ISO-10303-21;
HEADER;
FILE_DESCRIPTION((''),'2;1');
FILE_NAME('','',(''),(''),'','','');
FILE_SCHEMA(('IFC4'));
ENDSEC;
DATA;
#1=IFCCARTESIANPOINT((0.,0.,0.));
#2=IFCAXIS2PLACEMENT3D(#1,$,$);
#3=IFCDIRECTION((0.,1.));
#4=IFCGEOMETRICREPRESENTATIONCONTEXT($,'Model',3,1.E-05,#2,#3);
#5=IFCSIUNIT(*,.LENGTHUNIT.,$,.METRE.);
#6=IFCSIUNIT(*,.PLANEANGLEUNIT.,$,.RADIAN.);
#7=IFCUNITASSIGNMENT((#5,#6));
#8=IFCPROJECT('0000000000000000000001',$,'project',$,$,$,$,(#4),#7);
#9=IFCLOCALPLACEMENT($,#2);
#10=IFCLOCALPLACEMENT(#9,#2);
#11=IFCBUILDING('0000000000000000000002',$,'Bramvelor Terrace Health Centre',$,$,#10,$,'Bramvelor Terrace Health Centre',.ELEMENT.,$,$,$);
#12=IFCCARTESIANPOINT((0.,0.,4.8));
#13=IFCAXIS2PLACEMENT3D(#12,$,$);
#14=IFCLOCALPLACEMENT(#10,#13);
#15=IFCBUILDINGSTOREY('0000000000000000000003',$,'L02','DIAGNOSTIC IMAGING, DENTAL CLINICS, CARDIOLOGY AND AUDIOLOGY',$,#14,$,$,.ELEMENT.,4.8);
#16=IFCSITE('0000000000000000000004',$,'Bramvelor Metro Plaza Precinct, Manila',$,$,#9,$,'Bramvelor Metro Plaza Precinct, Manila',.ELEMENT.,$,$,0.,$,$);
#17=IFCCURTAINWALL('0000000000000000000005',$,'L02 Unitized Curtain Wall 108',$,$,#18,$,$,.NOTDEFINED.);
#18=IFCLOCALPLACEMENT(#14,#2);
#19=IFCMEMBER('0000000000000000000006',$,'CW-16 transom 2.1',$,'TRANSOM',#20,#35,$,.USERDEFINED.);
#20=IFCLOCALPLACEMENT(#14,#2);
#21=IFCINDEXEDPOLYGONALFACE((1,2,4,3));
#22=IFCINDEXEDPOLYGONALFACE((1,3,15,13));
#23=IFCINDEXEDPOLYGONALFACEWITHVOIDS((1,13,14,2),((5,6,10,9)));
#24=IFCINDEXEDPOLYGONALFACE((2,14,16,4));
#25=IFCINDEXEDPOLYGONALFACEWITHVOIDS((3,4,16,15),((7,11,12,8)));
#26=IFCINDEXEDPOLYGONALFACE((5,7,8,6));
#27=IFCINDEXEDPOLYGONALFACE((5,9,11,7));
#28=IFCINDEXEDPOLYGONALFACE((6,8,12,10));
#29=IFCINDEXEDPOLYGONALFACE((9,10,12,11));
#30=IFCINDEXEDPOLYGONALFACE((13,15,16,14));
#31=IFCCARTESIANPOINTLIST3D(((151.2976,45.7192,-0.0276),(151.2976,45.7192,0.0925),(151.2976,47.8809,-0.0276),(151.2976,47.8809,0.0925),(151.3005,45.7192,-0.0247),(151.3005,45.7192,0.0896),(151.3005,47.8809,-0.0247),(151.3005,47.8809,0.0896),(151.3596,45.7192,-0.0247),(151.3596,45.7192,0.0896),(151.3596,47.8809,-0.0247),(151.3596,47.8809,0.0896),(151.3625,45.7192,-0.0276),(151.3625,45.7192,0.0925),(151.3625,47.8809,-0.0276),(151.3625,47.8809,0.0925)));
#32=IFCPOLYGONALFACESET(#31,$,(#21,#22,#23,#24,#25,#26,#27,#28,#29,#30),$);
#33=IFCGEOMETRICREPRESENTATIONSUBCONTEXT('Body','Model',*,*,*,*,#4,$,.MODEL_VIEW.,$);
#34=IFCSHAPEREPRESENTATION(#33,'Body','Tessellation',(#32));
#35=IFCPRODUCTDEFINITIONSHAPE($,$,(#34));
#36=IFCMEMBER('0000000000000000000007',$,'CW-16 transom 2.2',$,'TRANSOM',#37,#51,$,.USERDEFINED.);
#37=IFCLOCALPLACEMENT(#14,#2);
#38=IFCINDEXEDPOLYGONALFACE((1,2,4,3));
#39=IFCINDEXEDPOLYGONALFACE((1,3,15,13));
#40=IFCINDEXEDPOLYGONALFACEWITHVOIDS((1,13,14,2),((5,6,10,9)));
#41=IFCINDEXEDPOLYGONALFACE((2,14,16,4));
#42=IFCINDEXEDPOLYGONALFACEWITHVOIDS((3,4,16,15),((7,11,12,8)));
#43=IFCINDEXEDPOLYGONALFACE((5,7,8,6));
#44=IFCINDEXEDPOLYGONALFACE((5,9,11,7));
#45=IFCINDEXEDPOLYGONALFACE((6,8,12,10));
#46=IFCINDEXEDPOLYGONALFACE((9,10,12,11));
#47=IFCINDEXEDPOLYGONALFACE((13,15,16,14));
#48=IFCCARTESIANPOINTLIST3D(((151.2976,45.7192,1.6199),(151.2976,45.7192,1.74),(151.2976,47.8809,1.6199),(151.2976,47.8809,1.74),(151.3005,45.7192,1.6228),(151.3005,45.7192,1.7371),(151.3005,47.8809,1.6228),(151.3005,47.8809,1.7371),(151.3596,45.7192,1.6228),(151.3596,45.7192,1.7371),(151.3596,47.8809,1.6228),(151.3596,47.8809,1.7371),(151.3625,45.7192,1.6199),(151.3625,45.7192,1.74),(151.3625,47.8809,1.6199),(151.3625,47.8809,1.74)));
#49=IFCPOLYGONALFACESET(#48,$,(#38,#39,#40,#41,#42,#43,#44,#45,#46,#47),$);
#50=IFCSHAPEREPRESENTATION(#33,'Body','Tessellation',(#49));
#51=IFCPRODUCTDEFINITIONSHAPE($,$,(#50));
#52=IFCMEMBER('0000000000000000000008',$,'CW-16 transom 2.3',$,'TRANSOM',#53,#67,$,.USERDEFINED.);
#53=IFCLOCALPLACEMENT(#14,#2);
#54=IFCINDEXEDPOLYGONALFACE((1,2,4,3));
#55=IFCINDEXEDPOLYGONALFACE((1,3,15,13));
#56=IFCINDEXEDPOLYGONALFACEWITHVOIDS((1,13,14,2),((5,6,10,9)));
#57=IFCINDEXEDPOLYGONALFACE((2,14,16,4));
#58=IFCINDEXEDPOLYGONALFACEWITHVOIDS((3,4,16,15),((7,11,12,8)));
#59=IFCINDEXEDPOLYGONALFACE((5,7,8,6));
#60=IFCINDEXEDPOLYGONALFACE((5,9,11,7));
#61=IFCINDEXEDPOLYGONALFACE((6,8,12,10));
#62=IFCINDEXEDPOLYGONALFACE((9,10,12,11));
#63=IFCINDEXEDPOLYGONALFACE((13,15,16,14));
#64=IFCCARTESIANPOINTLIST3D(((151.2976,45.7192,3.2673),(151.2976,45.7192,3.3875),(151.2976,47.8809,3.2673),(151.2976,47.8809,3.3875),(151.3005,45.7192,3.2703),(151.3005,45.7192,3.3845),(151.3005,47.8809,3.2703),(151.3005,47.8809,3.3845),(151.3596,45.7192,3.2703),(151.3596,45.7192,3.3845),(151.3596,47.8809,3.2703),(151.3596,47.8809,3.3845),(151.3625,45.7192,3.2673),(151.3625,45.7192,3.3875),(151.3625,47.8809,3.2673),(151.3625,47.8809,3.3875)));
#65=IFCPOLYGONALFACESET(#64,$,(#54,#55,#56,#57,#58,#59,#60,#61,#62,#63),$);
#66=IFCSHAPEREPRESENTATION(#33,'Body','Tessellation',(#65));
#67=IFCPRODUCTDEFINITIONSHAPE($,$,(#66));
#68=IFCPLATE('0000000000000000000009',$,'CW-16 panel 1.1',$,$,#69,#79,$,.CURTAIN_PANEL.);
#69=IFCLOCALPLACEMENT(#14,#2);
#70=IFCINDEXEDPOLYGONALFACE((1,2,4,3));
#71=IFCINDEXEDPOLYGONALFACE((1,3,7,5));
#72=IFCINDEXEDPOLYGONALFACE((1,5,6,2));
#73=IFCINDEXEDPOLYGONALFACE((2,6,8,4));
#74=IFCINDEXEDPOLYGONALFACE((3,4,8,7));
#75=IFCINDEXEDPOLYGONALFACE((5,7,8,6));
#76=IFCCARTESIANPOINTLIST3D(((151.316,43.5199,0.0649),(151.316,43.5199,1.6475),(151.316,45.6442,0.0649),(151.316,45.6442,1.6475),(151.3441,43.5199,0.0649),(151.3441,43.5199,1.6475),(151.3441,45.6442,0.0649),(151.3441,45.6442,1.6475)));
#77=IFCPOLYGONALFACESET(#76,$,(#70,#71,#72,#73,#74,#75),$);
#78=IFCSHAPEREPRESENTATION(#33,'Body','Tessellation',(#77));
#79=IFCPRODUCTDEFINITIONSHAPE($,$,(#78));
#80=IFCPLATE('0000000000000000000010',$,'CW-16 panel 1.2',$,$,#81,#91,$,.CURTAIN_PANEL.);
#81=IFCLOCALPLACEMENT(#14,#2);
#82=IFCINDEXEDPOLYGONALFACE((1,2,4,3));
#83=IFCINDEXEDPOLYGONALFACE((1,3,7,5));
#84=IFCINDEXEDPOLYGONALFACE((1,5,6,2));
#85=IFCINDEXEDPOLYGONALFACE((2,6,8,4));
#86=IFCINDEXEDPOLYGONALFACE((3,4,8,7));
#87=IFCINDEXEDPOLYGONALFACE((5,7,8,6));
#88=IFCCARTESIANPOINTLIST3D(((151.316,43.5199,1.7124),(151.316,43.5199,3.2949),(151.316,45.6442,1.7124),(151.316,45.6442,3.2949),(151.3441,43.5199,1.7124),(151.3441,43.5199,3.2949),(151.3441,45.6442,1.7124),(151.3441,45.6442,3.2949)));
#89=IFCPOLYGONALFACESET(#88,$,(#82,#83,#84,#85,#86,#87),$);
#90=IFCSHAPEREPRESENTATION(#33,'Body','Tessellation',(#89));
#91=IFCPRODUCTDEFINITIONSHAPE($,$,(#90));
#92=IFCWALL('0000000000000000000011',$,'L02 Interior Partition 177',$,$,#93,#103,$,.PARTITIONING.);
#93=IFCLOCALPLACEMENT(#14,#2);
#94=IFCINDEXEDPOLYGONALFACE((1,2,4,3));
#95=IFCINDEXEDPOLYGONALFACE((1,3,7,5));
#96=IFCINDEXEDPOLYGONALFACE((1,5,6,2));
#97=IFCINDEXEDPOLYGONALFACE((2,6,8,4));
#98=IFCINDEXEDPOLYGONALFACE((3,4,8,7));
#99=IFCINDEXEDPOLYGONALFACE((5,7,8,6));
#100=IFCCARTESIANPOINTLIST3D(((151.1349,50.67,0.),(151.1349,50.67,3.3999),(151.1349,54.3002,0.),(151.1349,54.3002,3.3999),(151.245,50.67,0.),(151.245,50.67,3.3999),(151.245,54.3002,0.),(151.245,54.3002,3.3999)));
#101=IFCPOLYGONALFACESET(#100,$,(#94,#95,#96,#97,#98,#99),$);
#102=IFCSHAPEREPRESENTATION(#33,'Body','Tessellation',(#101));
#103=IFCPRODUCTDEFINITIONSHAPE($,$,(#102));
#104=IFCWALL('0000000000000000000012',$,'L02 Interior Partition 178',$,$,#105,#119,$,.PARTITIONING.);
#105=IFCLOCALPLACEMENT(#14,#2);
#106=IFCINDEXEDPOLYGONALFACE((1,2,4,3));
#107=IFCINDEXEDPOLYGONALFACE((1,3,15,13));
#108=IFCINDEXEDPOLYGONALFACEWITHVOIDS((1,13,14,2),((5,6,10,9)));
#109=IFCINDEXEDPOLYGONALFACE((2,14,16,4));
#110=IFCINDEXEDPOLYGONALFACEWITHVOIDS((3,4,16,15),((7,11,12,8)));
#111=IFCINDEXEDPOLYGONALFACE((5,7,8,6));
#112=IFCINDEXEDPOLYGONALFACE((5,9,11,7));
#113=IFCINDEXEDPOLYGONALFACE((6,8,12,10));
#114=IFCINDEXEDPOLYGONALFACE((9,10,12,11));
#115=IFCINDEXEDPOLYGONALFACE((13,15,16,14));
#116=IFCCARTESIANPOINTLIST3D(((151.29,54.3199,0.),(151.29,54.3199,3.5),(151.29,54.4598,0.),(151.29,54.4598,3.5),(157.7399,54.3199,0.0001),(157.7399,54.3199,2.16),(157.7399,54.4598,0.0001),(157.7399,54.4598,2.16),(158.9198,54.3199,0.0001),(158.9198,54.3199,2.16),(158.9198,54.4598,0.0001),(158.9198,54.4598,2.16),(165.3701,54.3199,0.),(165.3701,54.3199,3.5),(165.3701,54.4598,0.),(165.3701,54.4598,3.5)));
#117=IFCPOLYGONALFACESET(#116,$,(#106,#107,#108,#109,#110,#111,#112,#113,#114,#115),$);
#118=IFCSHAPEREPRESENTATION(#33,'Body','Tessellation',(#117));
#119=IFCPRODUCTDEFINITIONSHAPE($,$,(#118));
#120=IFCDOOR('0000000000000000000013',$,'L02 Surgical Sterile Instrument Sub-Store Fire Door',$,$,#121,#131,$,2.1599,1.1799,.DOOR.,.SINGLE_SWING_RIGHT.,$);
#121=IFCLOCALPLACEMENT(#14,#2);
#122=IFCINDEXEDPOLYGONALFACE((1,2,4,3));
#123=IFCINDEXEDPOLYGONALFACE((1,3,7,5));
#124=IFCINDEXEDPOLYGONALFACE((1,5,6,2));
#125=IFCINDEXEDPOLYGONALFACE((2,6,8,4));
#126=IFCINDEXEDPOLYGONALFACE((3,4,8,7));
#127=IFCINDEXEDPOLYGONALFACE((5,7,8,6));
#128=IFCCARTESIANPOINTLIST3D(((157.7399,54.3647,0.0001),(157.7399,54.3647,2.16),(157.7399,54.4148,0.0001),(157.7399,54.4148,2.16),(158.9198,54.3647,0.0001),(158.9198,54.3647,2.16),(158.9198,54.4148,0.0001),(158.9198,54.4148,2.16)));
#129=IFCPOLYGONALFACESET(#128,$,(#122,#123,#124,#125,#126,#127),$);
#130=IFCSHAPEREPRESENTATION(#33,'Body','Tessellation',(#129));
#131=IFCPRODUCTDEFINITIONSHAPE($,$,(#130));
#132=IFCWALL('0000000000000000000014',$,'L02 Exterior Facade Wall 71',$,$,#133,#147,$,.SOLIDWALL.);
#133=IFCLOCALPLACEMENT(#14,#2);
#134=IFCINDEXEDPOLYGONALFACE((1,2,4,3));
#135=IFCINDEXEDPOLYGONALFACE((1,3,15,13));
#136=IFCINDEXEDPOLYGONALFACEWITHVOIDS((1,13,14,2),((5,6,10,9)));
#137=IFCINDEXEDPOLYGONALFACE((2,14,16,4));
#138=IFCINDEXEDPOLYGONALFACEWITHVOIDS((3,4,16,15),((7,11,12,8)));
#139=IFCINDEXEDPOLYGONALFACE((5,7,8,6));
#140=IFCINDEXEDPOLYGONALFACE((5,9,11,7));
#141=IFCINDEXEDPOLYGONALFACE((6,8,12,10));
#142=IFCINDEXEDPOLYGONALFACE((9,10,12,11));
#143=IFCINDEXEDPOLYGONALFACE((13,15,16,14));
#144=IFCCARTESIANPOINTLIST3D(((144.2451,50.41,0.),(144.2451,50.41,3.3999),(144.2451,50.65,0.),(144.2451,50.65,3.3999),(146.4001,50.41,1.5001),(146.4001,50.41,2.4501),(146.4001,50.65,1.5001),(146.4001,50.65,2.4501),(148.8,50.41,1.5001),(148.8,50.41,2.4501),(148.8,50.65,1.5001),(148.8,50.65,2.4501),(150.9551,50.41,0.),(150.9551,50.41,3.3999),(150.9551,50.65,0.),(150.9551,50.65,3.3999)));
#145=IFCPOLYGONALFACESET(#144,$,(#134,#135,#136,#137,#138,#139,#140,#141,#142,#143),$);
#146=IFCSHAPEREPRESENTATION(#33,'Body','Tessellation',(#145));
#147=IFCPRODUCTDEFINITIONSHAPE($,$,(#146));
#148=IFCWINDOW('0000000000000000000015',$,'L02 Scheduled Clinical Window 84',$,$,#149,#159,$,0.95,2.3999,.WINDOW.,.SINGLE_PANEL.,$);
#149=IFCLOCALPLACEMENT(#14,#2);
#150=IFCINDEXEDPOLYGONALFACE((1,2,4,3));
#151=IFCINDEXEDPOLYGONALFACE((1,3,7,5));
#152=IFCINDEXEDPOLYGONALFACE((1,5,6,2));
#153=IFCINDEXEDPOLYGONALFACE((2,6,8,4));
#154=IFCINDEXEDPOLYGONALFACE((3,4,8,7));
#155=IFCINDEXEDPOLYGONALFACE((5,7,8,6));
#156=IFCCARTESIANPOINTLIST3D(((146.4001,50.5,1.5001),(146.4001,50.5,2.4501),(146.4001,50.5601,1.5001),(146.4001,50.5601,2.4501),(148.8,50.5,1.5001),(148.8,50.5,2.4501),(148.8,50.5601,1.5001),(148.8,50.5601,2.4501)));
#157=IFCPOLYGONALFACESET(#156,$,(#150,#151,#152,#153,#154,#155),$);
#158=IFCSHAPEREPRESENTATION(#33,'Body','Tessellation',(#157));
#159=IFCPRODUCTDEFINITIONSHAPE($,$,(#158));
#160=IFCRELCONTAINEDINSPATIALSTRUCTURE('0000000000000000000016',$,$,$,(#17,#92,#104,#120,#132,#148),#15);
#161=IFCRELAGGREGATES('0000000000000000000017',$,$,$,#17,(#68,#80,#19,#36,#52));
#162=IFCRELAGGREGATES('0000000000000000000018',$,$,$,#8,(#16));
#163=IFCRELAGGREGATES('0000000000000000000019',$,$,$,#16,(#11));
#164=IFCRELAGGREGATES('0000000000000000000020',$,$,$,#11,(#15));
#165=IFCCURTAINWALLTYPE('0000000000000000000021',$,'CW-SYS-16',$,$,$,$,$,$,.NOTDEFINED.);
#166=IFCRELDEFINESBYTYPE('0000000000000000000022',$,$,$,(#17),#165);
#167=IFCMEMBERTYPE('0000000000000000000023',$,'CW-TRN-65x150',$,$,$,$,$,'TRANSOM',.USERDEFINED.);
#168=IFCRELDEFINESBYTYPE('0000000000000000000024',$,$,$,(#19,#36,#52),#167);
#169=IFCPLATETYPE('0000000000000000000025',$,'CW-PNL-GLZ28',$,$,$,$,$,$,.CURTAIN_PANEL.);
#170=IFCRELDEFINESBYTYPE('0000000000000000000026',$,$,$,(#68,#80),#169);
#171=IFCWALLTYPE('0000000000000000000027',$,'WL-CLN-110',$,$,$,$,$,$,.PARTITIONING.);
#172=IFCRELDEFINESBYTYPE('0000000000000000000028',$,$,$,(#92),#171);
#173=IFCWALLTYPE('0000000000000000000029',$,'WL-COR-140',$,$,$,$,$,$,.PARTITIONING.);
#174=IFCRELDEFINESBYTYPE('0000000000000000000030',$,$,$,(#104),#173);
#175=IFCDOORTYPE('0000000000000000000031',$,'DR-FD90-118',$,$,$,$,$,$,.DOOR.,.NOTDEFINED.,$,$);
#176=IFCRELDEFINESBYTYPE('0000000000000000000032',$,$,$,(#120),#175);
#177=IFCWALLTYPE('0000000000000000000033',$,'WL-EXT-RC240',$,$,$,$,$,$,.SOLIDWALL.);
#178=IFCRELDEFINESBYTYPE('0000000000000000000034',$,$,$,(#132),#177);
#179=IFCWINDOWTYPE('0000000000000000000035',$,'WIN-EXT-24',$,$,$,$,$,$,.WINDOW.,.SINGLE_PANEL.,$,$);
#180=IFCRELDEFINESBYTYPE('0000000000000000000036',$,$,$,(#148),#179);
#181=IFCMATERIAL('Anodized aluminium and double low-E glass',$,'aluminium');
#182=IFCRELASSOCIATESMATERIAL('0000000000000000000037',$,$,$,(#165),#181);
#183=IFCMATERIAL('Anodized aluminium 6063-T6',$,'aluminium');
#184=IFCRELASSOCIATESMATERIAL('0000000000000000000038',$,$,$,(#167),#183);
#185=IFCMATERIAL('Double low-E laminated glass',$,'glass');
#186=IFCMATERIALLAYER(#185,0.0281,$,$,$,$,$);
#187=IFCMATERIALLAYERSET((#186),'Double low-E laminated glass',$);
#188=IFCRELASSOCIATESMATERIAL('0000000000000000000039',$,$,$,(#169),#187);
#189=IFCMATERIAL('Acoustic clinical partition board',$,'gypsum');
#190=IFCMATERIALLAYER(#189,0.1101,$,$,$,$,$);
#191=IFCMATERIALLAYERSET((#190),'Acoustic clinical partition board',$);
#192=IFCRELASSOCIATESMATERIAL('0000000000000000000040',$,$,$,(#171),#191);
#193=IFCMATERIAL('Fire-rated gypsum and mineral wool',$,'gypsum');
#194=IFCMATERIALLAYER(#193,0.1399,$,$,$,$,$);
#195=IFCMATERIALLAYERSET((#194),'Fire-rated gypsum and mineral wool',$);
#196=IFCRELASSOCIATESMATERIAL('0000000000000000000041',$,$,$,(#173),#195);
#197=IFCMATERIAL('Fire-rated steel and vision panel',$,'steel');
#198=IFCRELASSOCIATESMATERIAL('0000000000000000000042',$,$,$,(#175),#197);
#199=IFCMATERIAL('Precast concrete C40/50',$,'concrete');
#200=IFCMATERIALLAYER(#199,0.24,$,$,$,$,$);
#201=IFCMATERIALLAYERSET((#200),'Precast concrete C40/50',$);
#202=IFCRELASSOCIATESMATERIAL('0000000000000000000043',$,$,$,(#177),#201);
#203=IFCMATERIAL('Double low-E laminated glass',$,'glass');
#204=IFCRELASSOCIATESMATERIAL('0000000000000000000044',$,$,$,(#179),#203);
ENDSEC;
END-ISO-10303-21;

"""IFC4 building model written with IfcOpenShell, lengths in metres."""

from ifc_helpers import new_model, si_unit, direction, frame, frame_2d, origin, origin_2d, place, context, subcontext, project, spatial, rectangle, hollow_rectangle, extrude, material, layer, layer_set, material_profile, profile_set, type_object, element, fill, aggregate, save


model = new_model("IFC4")

# Units and contexts
model_context = context("Model", 3, precision=1e-05, world=origin(), true_north=direction((0.0, 1.0)))
body_context = subcontext(model_context, "Body", "Model", "MODEL_VIEW")
ifc_project = project(units=[si_unit("LENGTHUNIT", "METRE"), si_unit("PLANEANGLEUNIT", "RADIAN")], contexts=[model_context])

# Site, building, storey
site_placement = place(None, origin())
site = spatial("IfcSite", under=ifc_project, at=site_placement, Name="Bramvelor Metro Plaza Precinct, Manila", LongName="Bramvelor Metro Plaza Precinct, Manila", CompositionType="ELEMENT", RefElevation=0.0)
building_placement = place(site_placement, origin())
building = spatial("IfcBuilding", under=site, at=building_placement, Name="Bramvelor Terrace Health Centre", LongName="Bramvelor Terrace Health Centre", CompositionType="ELEMENT")
storey_placement = place(building_placement, frame((0.0, 0.0, 4.8)))
storey = spatial("IfcBuildingStorey", under=building, at=storey_placement, Name="L02", Description="DIAGNOSTIC IMAGING, DENTAL CLINICS, CARDIOLOGY AND AUDIOLOGY", CompositionType="ELEMENT", Elevation=4.8)

# Curtain wall, members, plates
ifc_material_1 = material(Name="Anodized aluminium and double low-E glass", Category="aluminium")
curtain_wall_type = type_object("IfcCurtainWallType", Name="CW-SYS-16", PredefinedType="NOTDEFINED", material=ifc_material_1)
curtain_wall_placement = place(storey_placement, origin())
curtain_wall = element("IfcCurtainWall", 1, at=curtain_wall_placement, inside=storey, type_object=curtain_wall_type, Name="L02 Unitized Curtain Wall 108", PredefinedType="NOTDEFINED")
ifc_material_2 = material(Name="Anodized aluminium 6063-T6", Category="aluminium")
ifc_material_profile_1 = material_profile(ifc_material_2, hollow_rectangle(XDim=0.0649, YDim=0.1201, WallThickness=0.0029, at=origin_2d()), Name="ALU-TRN 65x120x3.0")
ifc_profile_set_1 = profile_set([ifc_material_profile_1], Name="Anodized aluminium 6063-T6")
member_type_1 = type_object("IfcMemberType", Name="CW-TRN-65x150", ElementType="TRANSOM", PredefinedType="USERDEFINED", material=ifc_profile_set_1)
member_1_placement = place(storey_placement, frame((151.3301, 45.7192, 0.0325), z_axis=(0.0, 1.0, 0.0), x_axis=(-1.0, 0.0, 0.0)))
member_1 = element("IfcMember", 2, at=member_1_placement, type_object=member_type_1, Name="CW-16 transom 2.1", ObjectType="TRANSOM", PredefinedType="USERDEFINED", context=body_context, shape_type="SweptSolid", body=[
    extrude(hollow_rectangle(XDim=0.0649, YDim=0.1201, WallThickness=0.0029, at=origin_2d()), origin(), (0.0, 0.0, 1.0), 2.1616),
])
member_2_placement = place(storey_placement, frame((151.3301, 45.7192, 1.6799), z_axis=(0.0, 1.0, 0.0), x_axis=(-1.0, 0.0, 0.0)))
member_2 = element("IfcMember", 3, at=member_2_placement, type_object=member_type_1, Name="CW-16 transom 2.2", ObjectType="TRANSOM", PredefinedType="USERDEFINED", context=body_context, shape_type="SweptSolid", body=[
    extrude(hollow_rectangle(XDim=0.0649, YDim=0.1201, WallThickness=0.0029, at=origin_2d()), origin(), (0.0, 0.0, 1.0), 2.1616),
])
member_3_placement = place(storey_placement, frame((151.3301, 45.7192, 3.3274), z_axis=(0.0, 1.0, 0.0), x_axis=(-1.0, 0.0, 0.0)))
member_3 = element("IfcMember", 4, at=member_3_placement, type_object=member_type_1, Name="CW-16 transom 2.3", ObjectType="TRANSOM", PredefinedType="USERDEFINED", context=body_context, shape_type="SweptSolid", body=[
    extrude(hollow_rectangle(XDim=0.0649, YDim=0.1201, WallThickness=0.0029, at=origin_2d()), origin(), (0.0, 0.0, 1.0), 2.1616),
])
ifc_material_3 = material(Name="Double low-E laminated glass", Category="glass")
ifc_layer_1 = layer(ifc_material_3, 0.0281)
ifc_layer_set_1 = layer_set([ifc_layer_1], Name="Double low-E laminated glass")
plate_type = type_object("IfcPlateType", Name="CW-PNL-GLZ28", PredefinedType="CURTAIN_PANEL", material=ifc_layer_set_1)
plate_1_placement = place(storey_placement, frame((151.3301, 44.582, 0.0649), z_axis=(0.0, 0.0, 1.0), x_axis=(0.0, 1.0, 0.0)))
plate_1 = element("IfcPlate", 5, at=plate_1_placement, type_object=plate_type, Name="CW-16 panel 1.1", PredefinedType="CURTAIN_PANEL", context=body_context, shape_type="SweptSolid", body=[
    extrude(rectangle(XDim=2.1243, YDim=0.0281, at=origin_2d()), origin(), (0.0, 0.0, 1.0), 1.5825),
])
plate_2_placement = place(storey_placement, frame((151.3301, 44.582, 1.7124), z_axis=(0.0, 0.0, 1.0), x_axis=(0.0, 1.0, 0.0)))
plate_2 = element("IfcPlate", 6, at=plate_2_placement, type_object=plate_type, Name="CW-16 panel 1.2", PredefinedType="CURTAIN_PANEL", context=body_context, shape_type="SweptSolid", body=[
    extrude(rectangle(XDim=2.1243, YDim=0.0281, at=origin_2d()), origin(), (0.0, 0.0, 1.0), 1.5825),
])
aggregate(curtain_wall, [plate_1, plate_2, member_1, member_2, member_3])

# Wall
ifc_material_4 = material(Name="Acoustic clinical partition board", Category="gypsum")
ifc_layer_2 = layer(ifc_material_4, 0.1101)
ifc_layer_set_2 = layer_set([ifc_layer_2], Name="Acoustic clinical partition board")
wall_type_1 = type_object("IfcWallType", Name="WL-CLN-110", PredefinedType="PARTITIONING", material=ifc_layer_set_2)
wall_1_placement = place(storey_placement, frame((151.1899, 54.3, 0.0), z_axis=(0.0, 0.0, 1.0), x_axis=(0.0, -1.0, 0.0)))
element("IfcWall", 7, at=wall_1_placement, inside=storey, type_object=wall_type_1, Name="L02 Interior Partition 177", PredefinedType="PARTITIONING", context=body_context, shape_type="SweptSolid", body=[
    extrude(rectangle(XDim=3.6301, YDim=0.1101, at=frame_2d((1.8149, 0.0))), origin(), (0.0, 0.0, 1.0), 3.3999),
])

# Wall, opening, door
ifc_material_5 = material(Name="Fire-rated gypsum and mineral wool", Category="gypsum")
ifc_layer_3 = layer(ifc_material_5, 0.1399)
ifc_layer_set_3 = layer_set([ifc_layer_3], Name="Fire-rated gypsum and mineral wool")
wall_type_2 = type_object("IfcWallType", Name="WL-COR-140", PredefinedType="PARTITIONING", material=ifc_layer_set_3)
wall_2_placement = place(storey_placement, frame((151.29, 54.3899, 0.0), z_axis=(0.0, 0.0, 1.0), x_axis=(1.0, 0.0, 0.0)))
wall_2 = element("IfcWall", 8, at=wall_2_placement, inside=storey, type_object=wall_type_2, Name="L02 Interior Partition 178", PredefinedType="PARTITIONING", context=body_context, shape_type="SweptSolid", body=[
    extrude(rectangle(XDim=14.0801, YDim=0.1399, at=frame_2d((7.04, 0.0))), origin(), (0.0, 0.0, 1.0), 3.5),
])
opening_1_placement = place(wall_2_placement, frame((6.45, 0.0, 0.0)))
opening_1 = element("IfcOpeningElement", 9, at=opening_1_placement, cuts=wall_2, PredefinedType="OPENING", context=body_context, shape_type="SweptSolid", body=[
    extrude(rectangle(XDim=1.1799, YDim=2.1599, at=frame_2d((0.5898, 1.0801))), frame((0.0, 0.0798, 0.0), z_axis=(0.0, -1.0, 0.0), x_axis=(1.0, 0.0, 0.0)), (0.0, 0.0, 1.0), 0.1599),
])
ifc_material_6 = material(Name="Fire-rated steel and vision panel", Category="steel")
door_type = type_object("IfcDoorType", Name="DR-FD90-118", OperationType="NOTDEFINED", PredefinedType="DOOR", material=ifc_material_6)
door_placement = place(opening_1_placement, origin())
door = element("IfcDoor", 10, at=door_placement, inside=storey, type_object=door_type, Name="L02 Surgical Sterile Instrument Sub-Store Fire Door", OperationType="SINGLE_SWING_RIGHT", OverallHeight=2.1599, OverallWidth=1.1799, PredefinedType="DOOR", context=body_context, shape_type="SweptSolid", body=[
    extrude(rectangle(XDim=1.1799, YDim=2.1599, at=frame_2d((0.5898, 1.0801))), frame((0.0, 0.0249, 0.0), z_axis=(0.0, -1.0, 0.0), x_axis=(1.0, 0.0, 0.0)), (0.0, 0.0, 1.0), 0.05),
])
fill(opening_1, door)

# Wall, opening, window
ifc_material_7 = material(Name="Precast concrete C40/50", Category="concrete")
ifc_layer_4 = layer(ifc_material_7, 0.24)
ifc_layer_set_4 = layer_set([ifc_layer_4], Name="Precast concrete C40/50")
wall_type_3 = type_object("IfcWallType", Name="WL-EXT-RC240", PredefinedType="SOLIDWALL", material=ifc_layer_set_4)
wall_3_placement = place(storey_placement, frame((150.9551, 50.53, 0.0), z_axis=(0.0, 0.0, 1.0), x_axis=(-1.0, 0.0, 0.0)))
wall_3 = element("IfcWall", 11, at=wall_3_placement, inside=storey, type_object=wall_type_3, Name="L02 Exterior Facade Wall 71", PredefinedType="SOLIDWALL", context=body_context, shape_type="SweptSolid", body=[
    extrude(rectangle(XDim=6.71, YDim=0.24, at=frame_2d((3.355, 0.0))), origin(), (0.0, 0.0, 1.0), 3.3999),
])
opening_2_placement = place(wall_3_placement, frame((2.155, 0.0, 1.5)))
opening_2 = element("IfcOpeningElement", 12, at=opening_2_placement, cuts=wall_3, PredefinedType="OPENING", context=body_context, shape_type="SweptSolid", body=[
    extrude(rectangle(XDim=2.3999, YDim=0.95, at=frame_2d((1.2, 0.4751))), frame((0.0, 0.1299, 0.0), z_axis=(0.0, -1.0, 0.0), x_axis=(1.0, 0.0, 0.0)), (0.0, 0.0, 1.0), 0.26),
])
ifc_material_8 = material(Name="Double low-E laminated glass", Category="glass")
window_type = type_object("IfcWindowType", Name="WIN-EXT-24", PartitioningType="SINGLE_PANEL", PredefinedType="WINDOW", material=ifc_material_8)
window_placement = place(opening_2_placement, origin())
window = element("IfcWindow", 13, at=window_placement, inside=storey, type_object=window_type, Name="L02 Scheduled Clinical Window 84", OverallHeight=0.95, OverallWidth=2.3999, PartitioningType="SINGLE_PANEL", PredefinedType="WINDOW", context=body_context, shape_type="SweptSolid", body=[
    extrude(rectangle(XDim=2.3999, YDim=0.95, at=frame_2d((1.2, 0.4751))), frame((0.0, 0.03, 0.0), z_axis=(0.0, -1.0, 0.0), x_axis=(1.0, 0.0, 0.0)), (0.0, 0.0, 1.0), 0.0601),
])
fill(opening_2, window)

save(model, "model.ifc")
